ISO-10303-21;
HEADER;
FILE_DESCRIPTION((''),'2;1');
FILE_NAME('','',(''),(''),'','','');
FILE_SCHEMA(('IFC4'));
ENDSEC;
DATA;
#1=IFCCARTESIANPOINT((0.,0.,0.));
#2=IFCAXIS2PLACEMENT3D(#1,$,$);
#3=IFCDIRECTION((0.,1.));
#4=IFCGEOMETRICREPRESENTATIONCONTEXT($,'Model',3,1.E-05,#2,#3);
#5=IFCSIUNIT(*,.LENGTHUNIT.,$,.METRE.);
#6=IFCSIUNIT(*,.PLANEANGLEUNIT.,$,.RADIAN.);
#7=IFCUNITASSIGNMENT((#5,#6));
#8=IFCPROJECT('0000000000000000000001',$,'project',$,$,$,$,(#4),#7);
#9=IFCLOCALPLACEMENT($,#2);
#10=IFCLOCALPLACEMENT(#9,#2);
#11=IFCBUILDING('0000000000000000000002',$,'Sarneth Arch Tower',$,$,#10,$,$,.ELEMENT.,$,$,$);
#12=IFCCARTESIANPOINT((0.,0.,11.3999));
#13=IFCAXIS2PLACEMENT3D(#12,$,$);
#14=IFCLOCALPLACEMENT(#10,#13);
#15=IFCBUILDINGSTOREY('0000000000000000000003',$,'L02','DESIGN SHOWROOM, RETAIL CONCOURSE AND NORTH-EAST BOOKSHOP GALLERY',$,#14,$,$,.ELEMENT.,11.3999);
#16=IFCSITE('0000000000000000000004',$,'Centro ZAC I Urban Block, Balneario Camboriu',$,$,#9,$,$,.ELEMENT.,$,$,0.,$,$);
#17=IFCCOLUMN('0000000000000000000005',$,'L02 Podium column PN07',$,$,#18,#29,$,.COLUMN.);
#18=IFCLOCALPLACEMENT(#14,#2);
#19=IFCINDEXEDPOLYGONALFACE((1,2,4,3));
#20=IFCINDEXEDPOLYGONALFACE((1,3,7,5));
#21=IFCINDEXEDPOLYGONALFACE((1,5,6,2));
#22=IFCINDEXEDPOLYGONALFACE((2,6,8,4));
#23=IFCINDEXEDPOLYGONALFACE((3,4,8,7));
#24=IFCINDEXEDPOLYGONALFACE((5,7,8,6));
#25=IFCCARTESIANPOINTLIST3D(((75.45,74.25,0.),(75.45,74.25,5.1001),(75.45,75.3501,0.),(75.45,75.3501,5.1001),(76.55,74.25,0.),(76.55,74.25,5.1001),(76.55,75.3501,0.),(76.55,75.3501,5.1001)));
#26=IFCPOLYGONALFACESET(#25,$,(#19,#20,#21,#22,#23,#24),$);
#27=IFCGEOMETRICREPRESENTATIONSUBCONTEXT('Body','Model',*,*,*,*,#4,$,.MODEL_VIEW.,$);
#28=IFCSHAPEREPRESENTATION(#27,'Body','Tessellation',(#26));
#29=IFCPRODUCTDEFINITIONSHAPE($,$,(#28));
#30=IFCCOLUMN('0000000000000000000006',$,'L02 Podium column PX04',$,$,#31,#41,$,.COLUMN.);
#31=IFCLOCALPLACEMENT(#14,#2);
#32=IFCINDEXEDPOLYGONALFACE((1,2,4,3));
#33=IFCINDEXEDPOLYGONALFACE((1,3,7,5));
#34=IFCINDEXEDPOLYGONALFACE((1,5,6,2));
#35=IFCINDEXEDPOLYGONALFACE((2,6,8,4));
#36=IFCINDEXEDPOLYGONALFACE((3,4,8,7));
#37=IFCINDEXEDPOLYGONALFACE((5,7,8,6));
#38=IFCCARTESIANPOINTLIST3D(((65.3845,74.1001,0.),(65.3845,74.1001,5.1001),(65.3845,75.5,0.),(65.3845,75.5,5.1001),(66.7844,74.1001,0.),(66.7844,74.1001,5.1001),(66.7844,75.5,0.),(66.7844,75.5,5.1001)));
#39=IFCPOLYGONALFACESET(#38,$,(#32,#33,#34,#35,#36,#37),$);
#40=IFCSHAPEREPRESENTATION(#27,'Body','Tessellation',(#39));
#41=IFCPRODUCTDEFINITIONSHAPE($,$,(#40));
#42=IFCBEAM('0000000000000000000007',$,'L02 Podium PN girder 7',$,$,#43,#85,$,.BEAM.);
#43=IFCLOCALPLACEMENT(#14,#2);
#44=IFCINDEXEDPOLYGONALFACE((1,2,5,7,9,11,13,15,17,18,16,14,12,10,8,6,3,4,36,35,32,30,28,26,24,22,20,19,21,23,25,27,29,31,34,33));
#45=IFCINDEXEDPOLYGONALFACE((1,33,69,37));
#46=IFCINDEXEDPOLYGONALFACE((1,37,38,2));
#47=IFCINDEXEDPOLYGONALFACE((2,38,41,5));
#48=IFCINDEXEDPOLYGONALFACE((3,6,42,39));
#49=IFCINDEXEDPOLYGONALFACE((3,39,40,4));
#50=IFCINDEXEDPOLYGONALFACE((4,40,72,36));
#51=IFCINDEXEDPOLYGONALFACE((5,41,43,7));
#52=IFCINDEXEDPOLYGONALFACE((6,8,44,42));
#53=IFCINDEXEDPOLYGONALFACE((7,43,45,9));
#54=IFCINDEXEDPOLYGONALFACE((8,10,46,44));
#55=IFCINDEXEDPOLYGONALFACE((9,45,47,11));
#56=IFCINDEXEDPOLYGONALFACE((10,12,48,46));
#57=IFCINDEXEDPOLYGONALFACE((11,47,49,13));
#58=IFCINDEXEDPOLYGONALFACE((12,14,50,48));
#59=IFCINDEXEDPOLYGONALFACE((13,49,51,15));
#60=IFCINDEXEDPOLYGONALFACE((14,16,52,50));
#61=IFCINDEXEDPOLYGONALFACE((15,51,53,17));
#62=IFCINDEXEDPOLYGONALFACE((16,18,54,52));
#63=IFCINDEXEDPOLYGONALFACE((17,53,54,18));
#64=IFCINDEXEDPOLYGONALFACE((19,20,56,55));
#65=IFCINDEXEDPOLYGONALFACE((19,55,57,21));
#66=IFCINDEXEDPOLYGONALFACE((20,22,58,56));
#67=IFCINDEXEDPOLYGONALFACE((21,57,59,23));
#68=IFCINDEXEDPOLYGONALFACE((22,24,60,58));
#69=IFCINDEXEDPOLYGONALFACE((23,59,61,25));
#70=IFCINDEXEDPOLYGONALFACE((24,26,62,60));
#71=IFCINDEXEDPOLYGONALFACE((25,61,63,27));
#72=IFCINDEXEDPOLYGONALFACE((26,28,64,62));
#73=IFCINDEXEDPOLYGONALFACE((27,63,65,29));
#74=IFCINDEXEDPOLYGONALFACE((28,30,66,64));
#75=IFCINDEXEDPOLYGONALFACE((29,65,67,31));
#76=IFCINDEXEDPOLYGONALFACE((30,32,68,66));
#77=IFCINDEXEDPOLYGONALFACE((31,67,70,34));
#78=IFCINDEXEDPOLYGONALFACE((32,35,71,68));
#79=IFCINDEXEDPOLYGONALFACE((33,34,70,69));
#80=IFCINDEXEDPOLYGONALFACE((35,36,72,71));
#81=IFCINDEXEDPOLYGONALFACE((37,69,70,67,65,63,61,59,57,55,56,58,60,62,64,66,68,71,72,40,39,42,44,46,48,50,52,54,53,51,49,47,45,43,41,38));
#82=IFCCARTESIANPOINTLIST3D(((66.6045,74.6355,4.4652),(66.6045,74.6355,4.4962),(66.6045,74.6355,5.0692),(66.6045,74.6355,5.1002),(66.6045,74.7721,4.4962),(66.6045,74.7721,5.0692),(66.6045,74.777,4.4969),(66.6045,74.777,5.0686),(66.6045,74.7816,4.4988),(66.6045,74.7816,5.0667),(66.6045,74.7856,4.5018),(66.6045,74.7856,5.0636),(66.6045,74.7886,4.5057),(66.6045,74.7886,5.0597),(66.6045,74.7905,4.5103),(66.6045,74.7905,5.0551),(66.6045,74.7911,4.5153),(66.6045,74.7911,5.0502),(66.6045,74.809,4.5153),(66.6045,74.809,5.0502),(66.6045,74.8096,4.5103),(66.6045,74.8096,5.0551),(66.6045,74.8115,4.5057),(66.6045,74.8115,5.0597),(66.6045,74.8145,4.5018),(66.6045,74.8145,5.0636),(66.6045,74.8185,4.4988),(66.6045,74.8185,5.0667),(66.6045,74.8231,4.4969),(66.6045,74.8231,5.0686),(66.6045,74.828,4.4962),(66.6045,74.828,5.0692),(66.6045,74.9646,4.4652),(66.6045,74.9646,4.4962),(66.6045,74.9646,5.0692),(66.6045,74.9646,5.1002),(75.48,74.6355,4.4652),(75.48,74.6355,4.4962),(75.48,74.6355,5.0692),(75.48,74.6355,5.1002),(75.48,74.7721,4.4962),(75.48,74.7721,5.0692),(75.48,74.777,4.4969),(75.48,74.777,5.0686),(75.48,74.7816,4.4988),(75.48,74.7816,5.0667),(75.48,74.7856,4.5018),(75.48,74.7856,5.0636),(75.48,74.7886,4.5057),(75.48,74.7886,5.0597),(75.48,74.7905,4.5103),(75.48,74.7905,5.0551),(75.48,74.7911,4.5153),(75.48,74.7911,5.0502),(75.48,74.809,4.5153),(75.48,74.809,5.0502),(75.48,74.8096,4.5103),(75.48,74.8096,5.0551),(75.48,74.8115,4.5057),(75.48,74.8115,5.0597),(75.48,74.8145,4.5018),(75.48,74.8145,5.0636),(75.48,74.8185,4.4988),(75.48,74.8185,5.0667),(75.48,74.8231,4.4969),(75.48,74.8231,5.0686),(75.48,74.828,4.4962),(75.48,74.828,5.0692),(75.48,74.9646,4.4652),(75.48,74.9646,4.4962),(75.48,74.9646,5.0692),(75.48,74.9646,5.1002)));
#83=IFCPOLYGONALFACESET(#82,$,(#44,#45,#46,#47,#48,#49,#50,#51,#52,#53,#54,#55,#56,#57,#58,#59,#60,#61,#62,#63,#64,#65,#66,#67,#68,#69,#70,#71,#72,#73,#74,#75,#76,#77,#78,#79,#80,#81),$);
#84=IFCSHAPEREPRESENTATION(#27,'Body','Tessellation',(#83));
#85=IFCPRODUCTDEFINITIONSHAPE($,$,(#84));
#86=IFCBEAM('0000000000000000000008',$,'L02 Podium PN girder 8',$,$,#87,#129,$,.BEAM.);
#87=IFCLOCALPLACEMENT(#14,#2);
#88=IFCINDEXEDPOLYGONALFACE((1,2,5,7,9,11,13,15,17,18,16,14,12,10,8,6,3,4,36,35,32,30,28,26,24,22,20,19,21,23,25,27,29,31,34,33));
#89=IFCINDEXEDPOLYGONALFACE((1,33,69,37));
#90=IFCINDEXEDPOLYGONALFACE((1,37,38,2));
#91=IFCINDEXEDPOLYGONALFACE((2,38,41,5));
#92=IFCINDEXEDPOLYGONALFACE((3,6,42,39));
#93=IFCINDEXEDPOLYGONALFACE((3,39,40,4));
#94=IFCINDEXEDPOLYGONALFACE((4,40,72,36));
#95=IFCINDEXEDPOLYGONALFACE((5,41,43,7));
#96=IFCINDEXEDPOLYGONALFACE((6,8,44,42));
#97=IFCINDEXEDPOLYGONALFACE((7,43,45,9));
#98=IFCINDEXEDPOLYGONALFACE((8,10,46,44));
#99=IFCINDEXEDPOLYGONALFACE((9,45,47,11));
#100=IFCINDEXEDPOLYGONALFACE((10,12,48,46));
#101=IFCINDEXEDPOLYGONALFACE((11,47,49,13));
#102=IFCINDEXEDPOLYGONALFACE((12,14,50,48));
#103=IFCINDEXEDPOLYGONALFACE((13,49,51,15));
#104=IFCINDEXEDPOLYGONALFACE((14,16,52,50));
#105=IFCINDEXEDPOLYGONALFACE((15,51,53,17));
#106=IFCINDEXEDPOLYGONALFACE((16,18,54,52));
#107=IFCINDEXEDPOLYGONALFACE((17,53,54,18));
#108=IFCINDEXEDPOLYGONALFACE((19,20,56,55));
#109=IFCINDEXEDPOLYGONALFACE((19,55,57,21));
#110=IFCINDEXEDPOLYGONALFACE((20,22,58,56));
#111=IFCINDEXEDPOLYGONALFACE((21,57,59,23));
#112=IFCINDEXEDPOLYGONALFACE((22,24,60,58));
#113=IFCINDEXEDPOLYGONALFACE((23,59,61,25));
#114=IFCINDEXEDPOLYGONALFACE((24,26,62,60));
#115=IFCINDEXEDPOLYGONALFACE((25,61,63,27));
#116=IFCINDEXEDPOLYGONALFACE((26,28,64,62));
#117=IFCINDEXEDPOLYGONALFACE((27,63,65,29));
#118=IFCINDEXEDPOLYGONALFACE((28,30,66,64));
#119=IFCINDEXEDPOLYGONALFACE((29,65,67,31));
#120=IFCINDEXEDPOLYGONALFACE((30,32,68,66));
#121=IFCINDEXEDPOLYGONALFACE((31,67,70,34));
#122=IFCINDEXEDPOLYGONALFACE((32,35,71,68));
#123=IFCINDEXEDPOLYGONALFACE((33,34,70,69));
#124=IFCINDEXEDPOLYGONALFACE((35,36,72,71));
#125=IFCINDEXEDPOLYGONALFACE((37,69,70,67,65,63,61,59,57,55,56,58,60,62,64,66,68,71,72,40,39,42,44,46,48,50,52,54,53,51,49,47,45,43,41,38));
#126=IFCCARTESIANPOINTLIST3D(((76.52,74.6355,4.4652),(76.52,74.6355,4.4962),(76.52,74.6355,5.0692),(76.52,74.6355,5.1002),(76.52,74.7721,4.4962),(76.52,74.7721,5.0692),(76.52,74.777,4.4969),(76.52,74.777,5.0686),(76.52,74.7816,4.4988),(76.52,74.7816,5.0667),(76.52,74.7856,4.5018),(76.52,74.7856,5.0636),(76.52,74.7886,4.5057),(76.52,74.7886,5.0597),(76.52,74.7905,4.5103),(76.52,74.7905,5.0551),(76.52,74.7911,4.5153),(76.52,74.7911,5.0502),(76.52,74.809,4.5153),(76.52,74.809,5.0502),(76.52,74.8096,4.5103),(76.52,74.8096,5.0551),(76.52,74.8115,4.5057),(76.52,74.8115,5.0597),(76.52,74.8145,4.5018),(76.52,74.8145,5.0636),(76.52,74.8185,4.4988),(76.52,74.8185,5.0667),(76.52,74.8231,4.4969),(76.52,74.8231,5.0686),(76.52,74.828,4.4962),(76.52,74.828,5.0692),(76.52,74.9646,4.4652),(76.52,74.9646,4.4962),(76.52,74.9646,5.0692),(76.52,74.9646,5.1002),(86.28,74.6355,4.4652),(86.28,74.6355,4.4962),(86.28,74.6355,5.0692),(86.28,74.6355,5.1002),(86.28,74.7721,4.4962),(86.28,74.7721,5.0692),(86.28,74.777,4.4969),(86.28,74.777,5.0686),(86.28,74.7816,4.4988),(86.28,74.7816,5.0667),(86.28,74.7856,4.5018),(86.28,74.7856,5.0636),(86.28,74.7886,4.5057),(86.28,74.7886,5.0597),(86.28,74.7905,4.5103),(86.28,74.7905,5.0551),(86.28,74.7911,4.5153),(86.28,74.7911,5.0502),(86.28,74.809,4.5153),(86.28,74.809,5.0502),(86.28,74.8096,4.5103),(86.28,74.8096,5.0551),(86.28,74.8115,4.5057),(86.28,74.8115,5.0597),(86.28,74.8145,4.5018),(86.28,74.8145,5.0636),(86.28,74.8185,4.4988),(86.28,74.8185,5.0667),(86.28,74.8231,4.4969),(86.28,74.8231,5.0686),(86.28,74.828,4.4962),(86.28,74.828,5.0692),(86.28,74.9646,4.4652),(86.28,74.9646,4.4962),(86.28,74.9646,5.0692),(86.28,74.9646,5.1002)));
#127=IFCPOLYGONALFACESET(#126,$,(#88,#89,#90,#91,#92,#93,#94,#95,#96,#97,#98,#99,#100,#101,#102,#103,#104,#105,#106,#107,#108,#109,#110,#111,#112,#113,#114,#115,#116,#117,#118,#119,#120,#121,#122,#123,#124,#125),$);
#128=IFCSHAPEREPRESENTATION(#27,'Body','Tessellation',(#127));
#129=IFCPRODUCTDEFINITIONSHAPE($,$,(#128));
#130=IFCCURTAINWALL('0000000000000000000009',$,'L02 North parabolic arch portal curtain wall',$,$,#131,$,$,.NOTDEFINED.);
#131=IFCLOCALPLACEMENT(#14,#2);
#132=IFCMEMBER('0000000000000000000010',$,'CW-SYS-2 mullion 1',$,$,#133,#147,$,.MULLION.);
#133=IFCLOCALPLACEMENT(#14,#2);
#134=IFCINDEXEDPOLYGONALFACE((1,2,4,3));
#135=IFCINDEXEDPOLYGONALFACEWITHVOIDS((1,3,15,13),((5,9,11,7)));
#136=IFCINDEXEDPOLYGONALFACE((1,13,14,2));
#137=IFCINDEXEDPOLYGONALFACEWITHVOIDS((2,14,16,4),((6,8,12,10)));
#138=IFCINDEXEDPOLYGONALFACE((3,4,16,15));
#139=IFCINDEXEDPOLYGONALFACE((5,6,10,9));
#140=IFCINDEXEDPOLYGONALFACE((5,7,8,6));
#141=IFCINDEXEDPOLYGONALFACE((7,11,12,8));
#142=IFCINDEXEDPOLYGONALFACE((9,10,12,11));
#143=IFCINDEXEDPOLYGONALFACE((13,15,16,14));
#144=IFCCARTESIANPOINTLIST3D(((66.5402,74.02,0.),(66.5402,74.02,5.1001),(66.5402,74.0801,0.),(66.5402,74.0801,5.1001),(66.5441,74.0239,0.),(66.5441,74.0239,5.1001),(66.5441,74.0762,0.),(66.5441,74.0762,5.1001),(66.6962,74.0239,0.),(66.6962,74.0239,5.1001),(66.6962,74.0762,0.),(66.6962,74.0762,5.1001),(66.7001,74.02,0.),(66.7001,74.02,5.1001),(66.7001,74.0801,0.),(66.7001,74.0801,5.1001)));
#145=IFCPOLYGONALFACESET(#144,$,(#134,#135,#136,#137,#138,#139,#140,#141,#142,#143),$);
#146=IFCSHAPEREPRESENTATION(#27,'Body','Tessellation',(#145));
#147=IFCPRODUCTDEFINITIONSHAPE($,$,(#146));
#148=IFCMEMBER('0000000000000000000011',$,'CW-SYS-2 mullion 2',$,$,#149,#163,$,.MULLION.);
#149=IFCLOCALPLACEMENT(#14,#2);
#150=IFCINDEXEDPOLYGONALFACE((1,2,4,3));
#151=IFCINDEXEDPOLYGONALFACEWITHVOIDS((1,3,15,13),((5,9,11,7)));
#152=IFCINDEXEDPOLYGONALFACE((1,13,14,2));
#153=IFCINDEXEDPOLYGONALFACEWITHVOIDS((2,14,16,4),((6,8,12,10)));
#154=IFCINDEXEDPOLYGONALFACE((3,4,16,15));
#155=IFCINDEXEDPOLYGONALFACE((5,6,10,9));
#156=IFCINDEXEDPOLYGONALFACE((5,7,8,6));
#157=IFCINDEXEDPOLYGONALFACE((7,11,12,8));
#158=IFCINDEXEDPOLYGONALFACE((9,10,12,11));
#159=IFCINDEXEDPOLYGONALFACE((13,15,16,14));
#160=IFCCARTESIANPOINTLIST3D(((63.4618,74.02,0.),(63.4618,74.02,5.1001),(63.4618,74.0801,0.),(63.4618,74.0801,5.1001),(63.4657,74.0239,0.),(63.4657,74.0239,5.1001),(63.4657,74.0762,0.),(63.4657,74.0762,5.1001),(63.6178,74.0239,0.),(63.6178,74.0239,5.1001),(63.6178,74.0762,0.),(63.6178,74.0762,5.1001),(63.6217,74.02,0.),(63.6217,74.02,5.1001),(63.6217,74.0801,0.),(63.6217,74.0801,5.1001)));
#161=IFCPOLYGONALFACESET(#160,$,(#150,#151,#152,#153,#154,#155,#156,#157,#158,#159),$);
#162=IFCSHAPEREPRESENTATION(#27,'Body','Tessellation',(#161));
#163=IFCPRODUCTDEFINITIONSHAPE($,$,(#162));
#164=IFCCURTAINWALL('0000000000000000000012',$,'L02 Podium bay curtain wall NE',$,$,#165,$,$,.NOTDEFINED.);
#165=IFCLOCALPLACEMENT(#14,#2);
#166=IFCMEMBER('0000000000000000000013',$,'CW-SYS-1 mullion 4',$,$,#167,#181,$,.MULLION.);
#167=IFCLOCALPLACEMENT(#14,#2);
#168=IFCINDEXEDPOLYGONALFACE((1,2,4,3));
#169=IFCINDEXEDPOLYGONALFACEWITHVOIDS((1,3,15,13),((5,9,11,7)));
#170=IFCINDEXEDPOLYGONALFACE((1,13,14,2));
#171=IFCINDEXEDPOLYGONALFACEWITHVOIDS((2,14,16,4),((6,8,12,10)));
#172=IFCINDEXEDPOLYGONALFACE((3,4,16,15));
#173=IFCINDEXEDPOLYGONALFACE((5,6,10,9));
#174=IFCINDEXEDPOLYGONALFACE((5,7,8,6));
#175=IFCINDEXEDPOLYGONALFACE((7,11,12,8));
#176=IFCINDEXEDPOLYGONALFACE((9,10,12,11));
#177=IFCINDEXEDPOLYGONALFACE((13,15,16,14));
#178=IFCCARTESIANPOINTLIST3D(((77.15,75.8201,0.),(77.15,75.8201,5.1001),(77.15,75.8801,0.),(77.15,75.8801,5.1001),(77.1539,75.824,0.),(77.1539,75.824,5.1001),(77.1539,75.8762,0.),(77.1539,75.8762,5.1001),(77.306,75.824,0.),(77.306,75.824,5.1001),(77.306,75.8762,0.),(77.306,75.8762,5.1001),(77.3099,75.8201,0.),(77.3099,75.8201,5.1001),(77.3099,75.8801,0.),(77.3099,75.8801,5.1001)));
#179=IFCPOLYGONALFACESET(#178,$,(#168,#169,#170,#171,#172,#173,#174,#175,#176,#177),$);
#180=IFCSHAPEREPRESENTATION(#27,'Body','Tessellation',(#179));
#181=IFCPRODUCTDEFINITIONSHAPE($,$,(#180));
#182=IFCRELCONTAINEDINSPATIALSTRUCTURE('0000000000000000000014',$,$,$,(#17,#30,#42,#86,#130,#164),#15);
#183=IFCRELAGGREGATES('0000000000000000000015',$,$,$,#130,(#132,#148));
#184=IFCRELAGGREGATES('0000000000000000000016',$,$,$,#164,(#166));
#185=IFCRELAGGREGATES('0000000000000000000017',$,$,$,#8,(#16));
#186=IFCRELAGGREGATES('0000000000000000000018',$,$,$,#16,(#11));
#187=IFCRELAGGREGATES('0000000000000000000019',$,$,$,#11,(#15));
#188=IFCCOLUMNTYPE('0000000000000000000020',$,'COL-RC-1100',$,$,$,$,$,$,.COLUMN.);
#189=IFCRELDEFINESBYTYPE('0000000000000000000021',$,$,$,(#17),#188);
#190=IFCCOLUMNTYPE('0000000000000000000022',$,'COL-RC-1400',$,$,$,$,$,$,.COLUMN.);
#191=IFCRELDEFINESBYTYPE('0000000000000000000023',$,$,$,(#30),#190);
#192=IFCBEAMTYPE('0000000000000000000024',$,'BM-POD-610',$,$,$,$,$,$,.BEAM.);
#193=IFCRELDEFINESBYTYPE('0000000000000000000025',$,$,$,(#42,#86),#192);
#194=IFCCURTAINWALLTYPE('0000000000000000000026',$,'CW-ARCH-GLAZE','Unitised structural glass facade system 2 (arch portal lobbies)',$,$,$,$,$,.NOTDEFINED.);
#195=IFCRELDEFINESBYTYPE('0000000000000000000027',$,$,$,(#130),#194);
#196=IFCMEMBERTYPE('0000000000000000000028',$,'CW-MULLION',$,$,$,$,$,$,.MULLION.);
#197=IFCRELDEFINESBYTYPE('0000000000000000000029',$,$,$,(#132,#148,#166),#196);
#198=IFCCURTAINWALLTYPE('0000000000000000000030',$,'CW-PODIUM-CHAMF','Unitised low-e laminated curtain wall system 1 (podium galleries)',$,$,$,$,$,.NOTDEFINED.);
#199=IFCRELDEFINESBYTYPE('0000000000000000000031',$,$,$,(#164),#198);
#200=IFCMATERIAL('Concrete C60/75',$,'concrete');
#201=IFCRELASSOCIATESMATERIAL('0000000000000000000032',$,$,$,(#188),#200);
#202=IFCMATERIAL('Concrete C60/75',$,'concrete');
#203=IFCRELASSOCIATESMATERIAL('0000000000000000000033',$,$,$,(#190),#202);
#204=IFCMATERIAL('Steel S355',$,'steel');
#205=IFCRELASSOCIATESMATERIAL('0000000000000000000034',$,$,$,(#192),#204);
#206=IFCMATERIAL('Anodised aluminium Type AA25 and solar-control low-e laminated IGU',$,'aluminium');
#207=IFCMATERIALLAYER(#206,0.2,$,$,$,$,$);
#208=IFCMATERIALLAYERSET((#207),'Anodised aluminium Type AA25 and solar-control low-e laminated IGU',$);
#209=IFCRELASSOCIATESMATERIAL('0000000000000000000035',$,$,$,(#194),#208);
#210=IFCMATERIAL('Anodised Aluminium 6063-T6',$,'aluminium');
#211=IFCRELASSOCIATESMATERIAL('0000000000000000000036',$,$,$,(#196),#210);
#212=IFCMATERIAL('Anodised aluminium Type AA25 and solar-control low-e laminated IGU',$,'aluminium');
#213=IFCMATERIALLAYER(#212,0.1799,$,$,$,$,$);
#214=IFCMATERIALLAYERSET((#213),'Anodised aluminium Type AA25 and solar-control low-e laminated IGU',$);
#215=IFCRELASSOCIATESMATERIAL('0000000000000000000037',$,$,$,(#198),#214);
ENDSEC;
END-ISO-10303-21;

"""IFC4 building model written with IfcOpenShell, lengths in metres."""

from ifc_helpers import new_model, si_unit, direction, frame, origin, origin_2d, place, context, subcontext, project, spatial, rectangle, hollow_rectangle, i_section, extrude, material, layer, layer_set, material_profile, profile_set, type_object, element, aggregate, save


model = new_model("IFC4")

# Units and contexts
model_context = context("Model", 3, precision=1e-05, world=origin(), true_north=direction((0.0, 1.0)))
body_context = subcontext(model_context, "Body", "Model", "MODEL_VIEW")
ifc_project = project(units=[si_unit("LENGTHUNIT", "METRE"), si_unit("PLANEANGLEUNIT", "RADIAN")], contexts=[model_context])

# Site, building, storey
site_placement = place(None, origin())
site = spatial("IfcSite", under=ifc_project, at=site_placement, Name="Centro ZAC I Urban Block, Balneario Camboriu", CompositionType="ELEMENT", RefElevation=0.0)
building_placement = place(site_placement, origin())
building = spatial("IfcBuilding", under=site, at=building_placement, Name="Sarneth Arch Tower", CompositionType="ELEMENT")
storey_placement = place(building_placement, frame((0.0, 0.0, 11.3999)))
storey = spatial("IfcBuildingStorey", under=building, at=storey_placement, Name="L02", Description="DESIGN SHOWROOM, RETAIL CONCOURSE AND NORTH-EAST BOOKSHOP GALLERY", CompositionType="ELEMENT", Elevation=11.3999)

# Columns
ifc_material_1 = material(Name="Concrete C60/75", Category="concrete")
ifc_material_profile_1 = material_profile(ifc_material_1, rectangle(XDim=1.1001, YDim=1.1001, at=origin_2d()), Name="RC-1100x1100")
ifc_profile_set_1 = profile_set([ifc_material_profile_1], Name="Concrete C60/75")
column_type_1 = type_object("IfcColumnType", Name="COL-RC-1100", PredefinedType="COLUMN", material=ifc_profile_set_1)
column_1_placement = place(storey_placement, frame((76.0, 74.8, 0.0), z_axis=(0.0, 0.0, 1.0), x_axis=(1.0, 0.0, 0.0)))
element("IfcColumn", 1, at=column_1_placement, inside=storey, type_object=column_type_1, Name="L02 Podium column PN07", PredefinedType="COLUMN", context=body_context, shape_type="SweptSolid", body=[
    extrude(rectangle(XDim=1.1001, YDim=1.1001, at=origin_2d()), origin(), (0.0, 0.0, 1.0), 5.1001),
])
ifc_material_2 = material(Name="Concrete C60/75", Category="concrete")
ifc_material_profile_2 = material_profile(ifc_material_2, rectangle(XDim=1.3999, YDim=1.3999, at=origin_2d()), Name="RC-1400x1400")
ifc_profile_set_2 = profile_set([ifc_material_profile_2], Name="Concrete C60/75")
column_type_2 = type_object("IfcColumnType", Name="COL-RC-1400", PredefinedType="COLUMN", material=ifc_profile_set_2)
column_2_placement = place(storey_placement, frame((66.0845, 74.8, 0.0), z_axis=(0.0, 0.0, 1.0), x_axis=(1.0, 0.0, 0.0)))
element("IfcColumn", 2, at=column_2_placement, inside=storey, type_object=column_type_2, Name="L02 Podium column PX04", PredefinedType="COLUMN", context=body_context, shape_type="SweptSolid", body=[
    extrude(rectangle(XDim=1.3999, YDim=1.3999, at=origin_2d()), origin(), (0.0, 0.0, 1.0), 5.1001),
])

# Beams
ifc_material_3 = material(Name="Steel S355", Category="steel")
ifc_material_profile_3 = material_profile(ifc_material_3, i_section(OverallWidth=0.3291, OverallDepth=0.635, WebThickness=0.0178, FlangeThickness=0.031, FilletRadius=0.019, at=origin_2d()), Name="W610x241")
ifc_profile_set_3 = profile_set([ifc_material_profile_3], Name="Steel S355")
beam_type = type_object("IfcBeamType", Name="BM-POD-610", PredefinedType="BEAM", material=ifc_profile_set_3)
beam_1_placement = place(storey_placement, frame((66.6045, 74.8, 4.7827), z_axis=(1.0, 0.0, 0.0), x_axis=(0.0, 1.0, 0.0)))
element("IfcBeam", 3, at=beam_1_placement, inside=storey, type_object=beam_type, Name="L02 Podium PN girder 7", PredefinedType="BEAM", context=body_context, shape_type="SweptSolid", body=[
    extrude(i_section(OverallWidth=0.3291, OverallDepth=0.635, WebThickness=0.0178, FlangeThickness=0.031, FilletRadius=0.019, at=origin_2d()), origin(), (0.0, 0.0, 1.0), 8.8755),
])
beam_2_placement = place(storey_placement, frame((76.52, 74.8, 4.7827), z_axis=(1.0, 0.0, 0.0), x_axis=(0.0, 1.0, 0.0)))
element("IfcBeam", 4, at=beam_2_placement, inside=storey, type_object=beam_type, Name="L02 Podium PN girder 8", PredefinedType="BEAM", context=body_context, shape_type="SweptSolid", body=[
    extrude(i_section(OverallWidth=0.3291, OverallDepth=0.635, WebThickness=0.0178, FlangeThickness=0.031, FilletRadius=0.019, at=origin_2d()), origin(), (0.0, 0.0, 1.0), 9.76),
])

# Curtain wall, members
ifc_material_4 = material(Name="Anodised aluminium Type AA25 and solar-control low-e laminated IGU", Category="aluminium")
ifc_layer_1 = layer(ifc_material_4, 0.2)
ifc_layer_set_1 = layer_set([ifc_layer_1], Name="Anodised aluminium Type AA25 and solar-control low-e laminated IGU")
curtain_wall_type_1 = type_object("IfcCurtainWallType", Name="CW-ARCH-GLAZE", Description="Unitised structural glass facade system 2 (arch portal lobbies)", PredefinedType="NOTDEFINED", material=ifc_layer_set_1)
curtain_wall_1_placement = place(storey_placement, origin())
curtain_wall_1 = element("IfcCurtainWall", 5, at=curtain_wall_1_placement, inside=storey, type_object=curtain_wall_type_1, Name="L02 North parabolic arch portal curtain wall", PredefinedType="NOTDEFINED")
ifc_material_5 = material(Name="Anodised Aluminium 6063-T6", Category="aluminium")
ifc_material_profile_4 = material_profile(ifc_material_5, hollow_rectangle(XDim=0.0601, YDim=0.1599, WallThickness=0.0039, at=origin_2d()), Name="AL-MULL-160x60x4")
ifc_profile_set_4 = profile_set([ifc_material_profile_4], Name="Anodised Aluminium 6063-T6")
member_type_1 = type_object("IfcMemberType", Name="CW-MULLION", PredefinedType="MULLION", material=ifc_profile_set_4)
member_1_placement = place(storey_placement, frame((66.6201, 74.05, 0.0), z_axis=(0.0, 0.0, 1.0), x_axis=(0.0, -1.0, 0.0)))
member_1 = element("IfcMember", 6, at=member_1_placement, type_object=member_type_1, Name="CW-SYS-2 mullion 1", PredefinedType="MULLION", context=body_context, shape_type="SweptSolid", body=[
    extrude(hollow_rectangle(XDim=0.0601, YDim=0.1599, WallThickness=0.0039, at=origin_2d()), origin(), (0.0, 0.0, 1.0), 5.1001),
])
member_2_placement = place(storey_placement, frame((63.5417, 74.05, 0.0), z_axis=(0.0, 0.0, 1.0), x_axis=(0.0, -1.0, 0.0)))
member_2 = element("IfcMember", 7, at=member_2_placement, type_object=member_type_1, Name="CW-SYS-2 mullion 2", PredefinedType="MULLION", context=body_context, shape_type="SweptSolid", body=[
    extrude(hollow_rectangle(XDim=0.0601, YDim=0.1599, WallThickness=0.0039, at=origin_2d()), origin(), (0.0, 0.0, 1.0), 5.1001),
])

# Curtain wall, member
ifc_material_6 = material(Name="Anodised aluminium Type AA25 and solar-control low-e laminated IGU", Category="aluminium")
ifc_layer_2 = layer(ifc_material_6, 0.1799)
ifc_layer_set_2 = layer_set([ifc_layer_2], Name="Anodised aluminium Type AA25 and solar-control low-e laminated IGU")
curtain_wall_type_2 = type_object("IfcCurtainWallType", Name="CW-PODIUM-CHAMF", Description="Unitised low-e laminated curtain wall system 1 (podium galleries)", PredefinedType="NOTDEFINED", material=ifc_layer_set_2)
curtain_wall_2_placement = place(storey_placement, origin())
curtain_wall_2 = element("IfcCurtainWall", 8, at=curtain_wall_2_placement, inside=storey, type_object=curtain_wall_type_2, Name="L02 Podium bay curtain wall NE", PredefinedType="NOTDEFINED")
member_3_placement = place(storey_placement, frame((77.23, 75.8501, 0.0), z_axis=(0.0, 0.0, 1.0), x_axis=(0.0, -1.0, 0.0)))
member_3 = element("IfcMember", 9, at=member_3_placement, type_object=member_type_1, Name="CW-SYS-1 mullion 4", PredefinedType="MULLION", context=body_context, shape_type="SweptSolid", body=[
    extrude(hollow_rectangle(XDim=0.0601, YDim=0.1599, WallThickness=0.0039, at=origin_2d()), origin(), (0.0, 0.0, 1.0), 5.1001),
])

aggregate(curtain_wall_1, [member_1, member_2])
aggregate(curtain_wall_2, [member_3])

save(model, "model.ifc")
